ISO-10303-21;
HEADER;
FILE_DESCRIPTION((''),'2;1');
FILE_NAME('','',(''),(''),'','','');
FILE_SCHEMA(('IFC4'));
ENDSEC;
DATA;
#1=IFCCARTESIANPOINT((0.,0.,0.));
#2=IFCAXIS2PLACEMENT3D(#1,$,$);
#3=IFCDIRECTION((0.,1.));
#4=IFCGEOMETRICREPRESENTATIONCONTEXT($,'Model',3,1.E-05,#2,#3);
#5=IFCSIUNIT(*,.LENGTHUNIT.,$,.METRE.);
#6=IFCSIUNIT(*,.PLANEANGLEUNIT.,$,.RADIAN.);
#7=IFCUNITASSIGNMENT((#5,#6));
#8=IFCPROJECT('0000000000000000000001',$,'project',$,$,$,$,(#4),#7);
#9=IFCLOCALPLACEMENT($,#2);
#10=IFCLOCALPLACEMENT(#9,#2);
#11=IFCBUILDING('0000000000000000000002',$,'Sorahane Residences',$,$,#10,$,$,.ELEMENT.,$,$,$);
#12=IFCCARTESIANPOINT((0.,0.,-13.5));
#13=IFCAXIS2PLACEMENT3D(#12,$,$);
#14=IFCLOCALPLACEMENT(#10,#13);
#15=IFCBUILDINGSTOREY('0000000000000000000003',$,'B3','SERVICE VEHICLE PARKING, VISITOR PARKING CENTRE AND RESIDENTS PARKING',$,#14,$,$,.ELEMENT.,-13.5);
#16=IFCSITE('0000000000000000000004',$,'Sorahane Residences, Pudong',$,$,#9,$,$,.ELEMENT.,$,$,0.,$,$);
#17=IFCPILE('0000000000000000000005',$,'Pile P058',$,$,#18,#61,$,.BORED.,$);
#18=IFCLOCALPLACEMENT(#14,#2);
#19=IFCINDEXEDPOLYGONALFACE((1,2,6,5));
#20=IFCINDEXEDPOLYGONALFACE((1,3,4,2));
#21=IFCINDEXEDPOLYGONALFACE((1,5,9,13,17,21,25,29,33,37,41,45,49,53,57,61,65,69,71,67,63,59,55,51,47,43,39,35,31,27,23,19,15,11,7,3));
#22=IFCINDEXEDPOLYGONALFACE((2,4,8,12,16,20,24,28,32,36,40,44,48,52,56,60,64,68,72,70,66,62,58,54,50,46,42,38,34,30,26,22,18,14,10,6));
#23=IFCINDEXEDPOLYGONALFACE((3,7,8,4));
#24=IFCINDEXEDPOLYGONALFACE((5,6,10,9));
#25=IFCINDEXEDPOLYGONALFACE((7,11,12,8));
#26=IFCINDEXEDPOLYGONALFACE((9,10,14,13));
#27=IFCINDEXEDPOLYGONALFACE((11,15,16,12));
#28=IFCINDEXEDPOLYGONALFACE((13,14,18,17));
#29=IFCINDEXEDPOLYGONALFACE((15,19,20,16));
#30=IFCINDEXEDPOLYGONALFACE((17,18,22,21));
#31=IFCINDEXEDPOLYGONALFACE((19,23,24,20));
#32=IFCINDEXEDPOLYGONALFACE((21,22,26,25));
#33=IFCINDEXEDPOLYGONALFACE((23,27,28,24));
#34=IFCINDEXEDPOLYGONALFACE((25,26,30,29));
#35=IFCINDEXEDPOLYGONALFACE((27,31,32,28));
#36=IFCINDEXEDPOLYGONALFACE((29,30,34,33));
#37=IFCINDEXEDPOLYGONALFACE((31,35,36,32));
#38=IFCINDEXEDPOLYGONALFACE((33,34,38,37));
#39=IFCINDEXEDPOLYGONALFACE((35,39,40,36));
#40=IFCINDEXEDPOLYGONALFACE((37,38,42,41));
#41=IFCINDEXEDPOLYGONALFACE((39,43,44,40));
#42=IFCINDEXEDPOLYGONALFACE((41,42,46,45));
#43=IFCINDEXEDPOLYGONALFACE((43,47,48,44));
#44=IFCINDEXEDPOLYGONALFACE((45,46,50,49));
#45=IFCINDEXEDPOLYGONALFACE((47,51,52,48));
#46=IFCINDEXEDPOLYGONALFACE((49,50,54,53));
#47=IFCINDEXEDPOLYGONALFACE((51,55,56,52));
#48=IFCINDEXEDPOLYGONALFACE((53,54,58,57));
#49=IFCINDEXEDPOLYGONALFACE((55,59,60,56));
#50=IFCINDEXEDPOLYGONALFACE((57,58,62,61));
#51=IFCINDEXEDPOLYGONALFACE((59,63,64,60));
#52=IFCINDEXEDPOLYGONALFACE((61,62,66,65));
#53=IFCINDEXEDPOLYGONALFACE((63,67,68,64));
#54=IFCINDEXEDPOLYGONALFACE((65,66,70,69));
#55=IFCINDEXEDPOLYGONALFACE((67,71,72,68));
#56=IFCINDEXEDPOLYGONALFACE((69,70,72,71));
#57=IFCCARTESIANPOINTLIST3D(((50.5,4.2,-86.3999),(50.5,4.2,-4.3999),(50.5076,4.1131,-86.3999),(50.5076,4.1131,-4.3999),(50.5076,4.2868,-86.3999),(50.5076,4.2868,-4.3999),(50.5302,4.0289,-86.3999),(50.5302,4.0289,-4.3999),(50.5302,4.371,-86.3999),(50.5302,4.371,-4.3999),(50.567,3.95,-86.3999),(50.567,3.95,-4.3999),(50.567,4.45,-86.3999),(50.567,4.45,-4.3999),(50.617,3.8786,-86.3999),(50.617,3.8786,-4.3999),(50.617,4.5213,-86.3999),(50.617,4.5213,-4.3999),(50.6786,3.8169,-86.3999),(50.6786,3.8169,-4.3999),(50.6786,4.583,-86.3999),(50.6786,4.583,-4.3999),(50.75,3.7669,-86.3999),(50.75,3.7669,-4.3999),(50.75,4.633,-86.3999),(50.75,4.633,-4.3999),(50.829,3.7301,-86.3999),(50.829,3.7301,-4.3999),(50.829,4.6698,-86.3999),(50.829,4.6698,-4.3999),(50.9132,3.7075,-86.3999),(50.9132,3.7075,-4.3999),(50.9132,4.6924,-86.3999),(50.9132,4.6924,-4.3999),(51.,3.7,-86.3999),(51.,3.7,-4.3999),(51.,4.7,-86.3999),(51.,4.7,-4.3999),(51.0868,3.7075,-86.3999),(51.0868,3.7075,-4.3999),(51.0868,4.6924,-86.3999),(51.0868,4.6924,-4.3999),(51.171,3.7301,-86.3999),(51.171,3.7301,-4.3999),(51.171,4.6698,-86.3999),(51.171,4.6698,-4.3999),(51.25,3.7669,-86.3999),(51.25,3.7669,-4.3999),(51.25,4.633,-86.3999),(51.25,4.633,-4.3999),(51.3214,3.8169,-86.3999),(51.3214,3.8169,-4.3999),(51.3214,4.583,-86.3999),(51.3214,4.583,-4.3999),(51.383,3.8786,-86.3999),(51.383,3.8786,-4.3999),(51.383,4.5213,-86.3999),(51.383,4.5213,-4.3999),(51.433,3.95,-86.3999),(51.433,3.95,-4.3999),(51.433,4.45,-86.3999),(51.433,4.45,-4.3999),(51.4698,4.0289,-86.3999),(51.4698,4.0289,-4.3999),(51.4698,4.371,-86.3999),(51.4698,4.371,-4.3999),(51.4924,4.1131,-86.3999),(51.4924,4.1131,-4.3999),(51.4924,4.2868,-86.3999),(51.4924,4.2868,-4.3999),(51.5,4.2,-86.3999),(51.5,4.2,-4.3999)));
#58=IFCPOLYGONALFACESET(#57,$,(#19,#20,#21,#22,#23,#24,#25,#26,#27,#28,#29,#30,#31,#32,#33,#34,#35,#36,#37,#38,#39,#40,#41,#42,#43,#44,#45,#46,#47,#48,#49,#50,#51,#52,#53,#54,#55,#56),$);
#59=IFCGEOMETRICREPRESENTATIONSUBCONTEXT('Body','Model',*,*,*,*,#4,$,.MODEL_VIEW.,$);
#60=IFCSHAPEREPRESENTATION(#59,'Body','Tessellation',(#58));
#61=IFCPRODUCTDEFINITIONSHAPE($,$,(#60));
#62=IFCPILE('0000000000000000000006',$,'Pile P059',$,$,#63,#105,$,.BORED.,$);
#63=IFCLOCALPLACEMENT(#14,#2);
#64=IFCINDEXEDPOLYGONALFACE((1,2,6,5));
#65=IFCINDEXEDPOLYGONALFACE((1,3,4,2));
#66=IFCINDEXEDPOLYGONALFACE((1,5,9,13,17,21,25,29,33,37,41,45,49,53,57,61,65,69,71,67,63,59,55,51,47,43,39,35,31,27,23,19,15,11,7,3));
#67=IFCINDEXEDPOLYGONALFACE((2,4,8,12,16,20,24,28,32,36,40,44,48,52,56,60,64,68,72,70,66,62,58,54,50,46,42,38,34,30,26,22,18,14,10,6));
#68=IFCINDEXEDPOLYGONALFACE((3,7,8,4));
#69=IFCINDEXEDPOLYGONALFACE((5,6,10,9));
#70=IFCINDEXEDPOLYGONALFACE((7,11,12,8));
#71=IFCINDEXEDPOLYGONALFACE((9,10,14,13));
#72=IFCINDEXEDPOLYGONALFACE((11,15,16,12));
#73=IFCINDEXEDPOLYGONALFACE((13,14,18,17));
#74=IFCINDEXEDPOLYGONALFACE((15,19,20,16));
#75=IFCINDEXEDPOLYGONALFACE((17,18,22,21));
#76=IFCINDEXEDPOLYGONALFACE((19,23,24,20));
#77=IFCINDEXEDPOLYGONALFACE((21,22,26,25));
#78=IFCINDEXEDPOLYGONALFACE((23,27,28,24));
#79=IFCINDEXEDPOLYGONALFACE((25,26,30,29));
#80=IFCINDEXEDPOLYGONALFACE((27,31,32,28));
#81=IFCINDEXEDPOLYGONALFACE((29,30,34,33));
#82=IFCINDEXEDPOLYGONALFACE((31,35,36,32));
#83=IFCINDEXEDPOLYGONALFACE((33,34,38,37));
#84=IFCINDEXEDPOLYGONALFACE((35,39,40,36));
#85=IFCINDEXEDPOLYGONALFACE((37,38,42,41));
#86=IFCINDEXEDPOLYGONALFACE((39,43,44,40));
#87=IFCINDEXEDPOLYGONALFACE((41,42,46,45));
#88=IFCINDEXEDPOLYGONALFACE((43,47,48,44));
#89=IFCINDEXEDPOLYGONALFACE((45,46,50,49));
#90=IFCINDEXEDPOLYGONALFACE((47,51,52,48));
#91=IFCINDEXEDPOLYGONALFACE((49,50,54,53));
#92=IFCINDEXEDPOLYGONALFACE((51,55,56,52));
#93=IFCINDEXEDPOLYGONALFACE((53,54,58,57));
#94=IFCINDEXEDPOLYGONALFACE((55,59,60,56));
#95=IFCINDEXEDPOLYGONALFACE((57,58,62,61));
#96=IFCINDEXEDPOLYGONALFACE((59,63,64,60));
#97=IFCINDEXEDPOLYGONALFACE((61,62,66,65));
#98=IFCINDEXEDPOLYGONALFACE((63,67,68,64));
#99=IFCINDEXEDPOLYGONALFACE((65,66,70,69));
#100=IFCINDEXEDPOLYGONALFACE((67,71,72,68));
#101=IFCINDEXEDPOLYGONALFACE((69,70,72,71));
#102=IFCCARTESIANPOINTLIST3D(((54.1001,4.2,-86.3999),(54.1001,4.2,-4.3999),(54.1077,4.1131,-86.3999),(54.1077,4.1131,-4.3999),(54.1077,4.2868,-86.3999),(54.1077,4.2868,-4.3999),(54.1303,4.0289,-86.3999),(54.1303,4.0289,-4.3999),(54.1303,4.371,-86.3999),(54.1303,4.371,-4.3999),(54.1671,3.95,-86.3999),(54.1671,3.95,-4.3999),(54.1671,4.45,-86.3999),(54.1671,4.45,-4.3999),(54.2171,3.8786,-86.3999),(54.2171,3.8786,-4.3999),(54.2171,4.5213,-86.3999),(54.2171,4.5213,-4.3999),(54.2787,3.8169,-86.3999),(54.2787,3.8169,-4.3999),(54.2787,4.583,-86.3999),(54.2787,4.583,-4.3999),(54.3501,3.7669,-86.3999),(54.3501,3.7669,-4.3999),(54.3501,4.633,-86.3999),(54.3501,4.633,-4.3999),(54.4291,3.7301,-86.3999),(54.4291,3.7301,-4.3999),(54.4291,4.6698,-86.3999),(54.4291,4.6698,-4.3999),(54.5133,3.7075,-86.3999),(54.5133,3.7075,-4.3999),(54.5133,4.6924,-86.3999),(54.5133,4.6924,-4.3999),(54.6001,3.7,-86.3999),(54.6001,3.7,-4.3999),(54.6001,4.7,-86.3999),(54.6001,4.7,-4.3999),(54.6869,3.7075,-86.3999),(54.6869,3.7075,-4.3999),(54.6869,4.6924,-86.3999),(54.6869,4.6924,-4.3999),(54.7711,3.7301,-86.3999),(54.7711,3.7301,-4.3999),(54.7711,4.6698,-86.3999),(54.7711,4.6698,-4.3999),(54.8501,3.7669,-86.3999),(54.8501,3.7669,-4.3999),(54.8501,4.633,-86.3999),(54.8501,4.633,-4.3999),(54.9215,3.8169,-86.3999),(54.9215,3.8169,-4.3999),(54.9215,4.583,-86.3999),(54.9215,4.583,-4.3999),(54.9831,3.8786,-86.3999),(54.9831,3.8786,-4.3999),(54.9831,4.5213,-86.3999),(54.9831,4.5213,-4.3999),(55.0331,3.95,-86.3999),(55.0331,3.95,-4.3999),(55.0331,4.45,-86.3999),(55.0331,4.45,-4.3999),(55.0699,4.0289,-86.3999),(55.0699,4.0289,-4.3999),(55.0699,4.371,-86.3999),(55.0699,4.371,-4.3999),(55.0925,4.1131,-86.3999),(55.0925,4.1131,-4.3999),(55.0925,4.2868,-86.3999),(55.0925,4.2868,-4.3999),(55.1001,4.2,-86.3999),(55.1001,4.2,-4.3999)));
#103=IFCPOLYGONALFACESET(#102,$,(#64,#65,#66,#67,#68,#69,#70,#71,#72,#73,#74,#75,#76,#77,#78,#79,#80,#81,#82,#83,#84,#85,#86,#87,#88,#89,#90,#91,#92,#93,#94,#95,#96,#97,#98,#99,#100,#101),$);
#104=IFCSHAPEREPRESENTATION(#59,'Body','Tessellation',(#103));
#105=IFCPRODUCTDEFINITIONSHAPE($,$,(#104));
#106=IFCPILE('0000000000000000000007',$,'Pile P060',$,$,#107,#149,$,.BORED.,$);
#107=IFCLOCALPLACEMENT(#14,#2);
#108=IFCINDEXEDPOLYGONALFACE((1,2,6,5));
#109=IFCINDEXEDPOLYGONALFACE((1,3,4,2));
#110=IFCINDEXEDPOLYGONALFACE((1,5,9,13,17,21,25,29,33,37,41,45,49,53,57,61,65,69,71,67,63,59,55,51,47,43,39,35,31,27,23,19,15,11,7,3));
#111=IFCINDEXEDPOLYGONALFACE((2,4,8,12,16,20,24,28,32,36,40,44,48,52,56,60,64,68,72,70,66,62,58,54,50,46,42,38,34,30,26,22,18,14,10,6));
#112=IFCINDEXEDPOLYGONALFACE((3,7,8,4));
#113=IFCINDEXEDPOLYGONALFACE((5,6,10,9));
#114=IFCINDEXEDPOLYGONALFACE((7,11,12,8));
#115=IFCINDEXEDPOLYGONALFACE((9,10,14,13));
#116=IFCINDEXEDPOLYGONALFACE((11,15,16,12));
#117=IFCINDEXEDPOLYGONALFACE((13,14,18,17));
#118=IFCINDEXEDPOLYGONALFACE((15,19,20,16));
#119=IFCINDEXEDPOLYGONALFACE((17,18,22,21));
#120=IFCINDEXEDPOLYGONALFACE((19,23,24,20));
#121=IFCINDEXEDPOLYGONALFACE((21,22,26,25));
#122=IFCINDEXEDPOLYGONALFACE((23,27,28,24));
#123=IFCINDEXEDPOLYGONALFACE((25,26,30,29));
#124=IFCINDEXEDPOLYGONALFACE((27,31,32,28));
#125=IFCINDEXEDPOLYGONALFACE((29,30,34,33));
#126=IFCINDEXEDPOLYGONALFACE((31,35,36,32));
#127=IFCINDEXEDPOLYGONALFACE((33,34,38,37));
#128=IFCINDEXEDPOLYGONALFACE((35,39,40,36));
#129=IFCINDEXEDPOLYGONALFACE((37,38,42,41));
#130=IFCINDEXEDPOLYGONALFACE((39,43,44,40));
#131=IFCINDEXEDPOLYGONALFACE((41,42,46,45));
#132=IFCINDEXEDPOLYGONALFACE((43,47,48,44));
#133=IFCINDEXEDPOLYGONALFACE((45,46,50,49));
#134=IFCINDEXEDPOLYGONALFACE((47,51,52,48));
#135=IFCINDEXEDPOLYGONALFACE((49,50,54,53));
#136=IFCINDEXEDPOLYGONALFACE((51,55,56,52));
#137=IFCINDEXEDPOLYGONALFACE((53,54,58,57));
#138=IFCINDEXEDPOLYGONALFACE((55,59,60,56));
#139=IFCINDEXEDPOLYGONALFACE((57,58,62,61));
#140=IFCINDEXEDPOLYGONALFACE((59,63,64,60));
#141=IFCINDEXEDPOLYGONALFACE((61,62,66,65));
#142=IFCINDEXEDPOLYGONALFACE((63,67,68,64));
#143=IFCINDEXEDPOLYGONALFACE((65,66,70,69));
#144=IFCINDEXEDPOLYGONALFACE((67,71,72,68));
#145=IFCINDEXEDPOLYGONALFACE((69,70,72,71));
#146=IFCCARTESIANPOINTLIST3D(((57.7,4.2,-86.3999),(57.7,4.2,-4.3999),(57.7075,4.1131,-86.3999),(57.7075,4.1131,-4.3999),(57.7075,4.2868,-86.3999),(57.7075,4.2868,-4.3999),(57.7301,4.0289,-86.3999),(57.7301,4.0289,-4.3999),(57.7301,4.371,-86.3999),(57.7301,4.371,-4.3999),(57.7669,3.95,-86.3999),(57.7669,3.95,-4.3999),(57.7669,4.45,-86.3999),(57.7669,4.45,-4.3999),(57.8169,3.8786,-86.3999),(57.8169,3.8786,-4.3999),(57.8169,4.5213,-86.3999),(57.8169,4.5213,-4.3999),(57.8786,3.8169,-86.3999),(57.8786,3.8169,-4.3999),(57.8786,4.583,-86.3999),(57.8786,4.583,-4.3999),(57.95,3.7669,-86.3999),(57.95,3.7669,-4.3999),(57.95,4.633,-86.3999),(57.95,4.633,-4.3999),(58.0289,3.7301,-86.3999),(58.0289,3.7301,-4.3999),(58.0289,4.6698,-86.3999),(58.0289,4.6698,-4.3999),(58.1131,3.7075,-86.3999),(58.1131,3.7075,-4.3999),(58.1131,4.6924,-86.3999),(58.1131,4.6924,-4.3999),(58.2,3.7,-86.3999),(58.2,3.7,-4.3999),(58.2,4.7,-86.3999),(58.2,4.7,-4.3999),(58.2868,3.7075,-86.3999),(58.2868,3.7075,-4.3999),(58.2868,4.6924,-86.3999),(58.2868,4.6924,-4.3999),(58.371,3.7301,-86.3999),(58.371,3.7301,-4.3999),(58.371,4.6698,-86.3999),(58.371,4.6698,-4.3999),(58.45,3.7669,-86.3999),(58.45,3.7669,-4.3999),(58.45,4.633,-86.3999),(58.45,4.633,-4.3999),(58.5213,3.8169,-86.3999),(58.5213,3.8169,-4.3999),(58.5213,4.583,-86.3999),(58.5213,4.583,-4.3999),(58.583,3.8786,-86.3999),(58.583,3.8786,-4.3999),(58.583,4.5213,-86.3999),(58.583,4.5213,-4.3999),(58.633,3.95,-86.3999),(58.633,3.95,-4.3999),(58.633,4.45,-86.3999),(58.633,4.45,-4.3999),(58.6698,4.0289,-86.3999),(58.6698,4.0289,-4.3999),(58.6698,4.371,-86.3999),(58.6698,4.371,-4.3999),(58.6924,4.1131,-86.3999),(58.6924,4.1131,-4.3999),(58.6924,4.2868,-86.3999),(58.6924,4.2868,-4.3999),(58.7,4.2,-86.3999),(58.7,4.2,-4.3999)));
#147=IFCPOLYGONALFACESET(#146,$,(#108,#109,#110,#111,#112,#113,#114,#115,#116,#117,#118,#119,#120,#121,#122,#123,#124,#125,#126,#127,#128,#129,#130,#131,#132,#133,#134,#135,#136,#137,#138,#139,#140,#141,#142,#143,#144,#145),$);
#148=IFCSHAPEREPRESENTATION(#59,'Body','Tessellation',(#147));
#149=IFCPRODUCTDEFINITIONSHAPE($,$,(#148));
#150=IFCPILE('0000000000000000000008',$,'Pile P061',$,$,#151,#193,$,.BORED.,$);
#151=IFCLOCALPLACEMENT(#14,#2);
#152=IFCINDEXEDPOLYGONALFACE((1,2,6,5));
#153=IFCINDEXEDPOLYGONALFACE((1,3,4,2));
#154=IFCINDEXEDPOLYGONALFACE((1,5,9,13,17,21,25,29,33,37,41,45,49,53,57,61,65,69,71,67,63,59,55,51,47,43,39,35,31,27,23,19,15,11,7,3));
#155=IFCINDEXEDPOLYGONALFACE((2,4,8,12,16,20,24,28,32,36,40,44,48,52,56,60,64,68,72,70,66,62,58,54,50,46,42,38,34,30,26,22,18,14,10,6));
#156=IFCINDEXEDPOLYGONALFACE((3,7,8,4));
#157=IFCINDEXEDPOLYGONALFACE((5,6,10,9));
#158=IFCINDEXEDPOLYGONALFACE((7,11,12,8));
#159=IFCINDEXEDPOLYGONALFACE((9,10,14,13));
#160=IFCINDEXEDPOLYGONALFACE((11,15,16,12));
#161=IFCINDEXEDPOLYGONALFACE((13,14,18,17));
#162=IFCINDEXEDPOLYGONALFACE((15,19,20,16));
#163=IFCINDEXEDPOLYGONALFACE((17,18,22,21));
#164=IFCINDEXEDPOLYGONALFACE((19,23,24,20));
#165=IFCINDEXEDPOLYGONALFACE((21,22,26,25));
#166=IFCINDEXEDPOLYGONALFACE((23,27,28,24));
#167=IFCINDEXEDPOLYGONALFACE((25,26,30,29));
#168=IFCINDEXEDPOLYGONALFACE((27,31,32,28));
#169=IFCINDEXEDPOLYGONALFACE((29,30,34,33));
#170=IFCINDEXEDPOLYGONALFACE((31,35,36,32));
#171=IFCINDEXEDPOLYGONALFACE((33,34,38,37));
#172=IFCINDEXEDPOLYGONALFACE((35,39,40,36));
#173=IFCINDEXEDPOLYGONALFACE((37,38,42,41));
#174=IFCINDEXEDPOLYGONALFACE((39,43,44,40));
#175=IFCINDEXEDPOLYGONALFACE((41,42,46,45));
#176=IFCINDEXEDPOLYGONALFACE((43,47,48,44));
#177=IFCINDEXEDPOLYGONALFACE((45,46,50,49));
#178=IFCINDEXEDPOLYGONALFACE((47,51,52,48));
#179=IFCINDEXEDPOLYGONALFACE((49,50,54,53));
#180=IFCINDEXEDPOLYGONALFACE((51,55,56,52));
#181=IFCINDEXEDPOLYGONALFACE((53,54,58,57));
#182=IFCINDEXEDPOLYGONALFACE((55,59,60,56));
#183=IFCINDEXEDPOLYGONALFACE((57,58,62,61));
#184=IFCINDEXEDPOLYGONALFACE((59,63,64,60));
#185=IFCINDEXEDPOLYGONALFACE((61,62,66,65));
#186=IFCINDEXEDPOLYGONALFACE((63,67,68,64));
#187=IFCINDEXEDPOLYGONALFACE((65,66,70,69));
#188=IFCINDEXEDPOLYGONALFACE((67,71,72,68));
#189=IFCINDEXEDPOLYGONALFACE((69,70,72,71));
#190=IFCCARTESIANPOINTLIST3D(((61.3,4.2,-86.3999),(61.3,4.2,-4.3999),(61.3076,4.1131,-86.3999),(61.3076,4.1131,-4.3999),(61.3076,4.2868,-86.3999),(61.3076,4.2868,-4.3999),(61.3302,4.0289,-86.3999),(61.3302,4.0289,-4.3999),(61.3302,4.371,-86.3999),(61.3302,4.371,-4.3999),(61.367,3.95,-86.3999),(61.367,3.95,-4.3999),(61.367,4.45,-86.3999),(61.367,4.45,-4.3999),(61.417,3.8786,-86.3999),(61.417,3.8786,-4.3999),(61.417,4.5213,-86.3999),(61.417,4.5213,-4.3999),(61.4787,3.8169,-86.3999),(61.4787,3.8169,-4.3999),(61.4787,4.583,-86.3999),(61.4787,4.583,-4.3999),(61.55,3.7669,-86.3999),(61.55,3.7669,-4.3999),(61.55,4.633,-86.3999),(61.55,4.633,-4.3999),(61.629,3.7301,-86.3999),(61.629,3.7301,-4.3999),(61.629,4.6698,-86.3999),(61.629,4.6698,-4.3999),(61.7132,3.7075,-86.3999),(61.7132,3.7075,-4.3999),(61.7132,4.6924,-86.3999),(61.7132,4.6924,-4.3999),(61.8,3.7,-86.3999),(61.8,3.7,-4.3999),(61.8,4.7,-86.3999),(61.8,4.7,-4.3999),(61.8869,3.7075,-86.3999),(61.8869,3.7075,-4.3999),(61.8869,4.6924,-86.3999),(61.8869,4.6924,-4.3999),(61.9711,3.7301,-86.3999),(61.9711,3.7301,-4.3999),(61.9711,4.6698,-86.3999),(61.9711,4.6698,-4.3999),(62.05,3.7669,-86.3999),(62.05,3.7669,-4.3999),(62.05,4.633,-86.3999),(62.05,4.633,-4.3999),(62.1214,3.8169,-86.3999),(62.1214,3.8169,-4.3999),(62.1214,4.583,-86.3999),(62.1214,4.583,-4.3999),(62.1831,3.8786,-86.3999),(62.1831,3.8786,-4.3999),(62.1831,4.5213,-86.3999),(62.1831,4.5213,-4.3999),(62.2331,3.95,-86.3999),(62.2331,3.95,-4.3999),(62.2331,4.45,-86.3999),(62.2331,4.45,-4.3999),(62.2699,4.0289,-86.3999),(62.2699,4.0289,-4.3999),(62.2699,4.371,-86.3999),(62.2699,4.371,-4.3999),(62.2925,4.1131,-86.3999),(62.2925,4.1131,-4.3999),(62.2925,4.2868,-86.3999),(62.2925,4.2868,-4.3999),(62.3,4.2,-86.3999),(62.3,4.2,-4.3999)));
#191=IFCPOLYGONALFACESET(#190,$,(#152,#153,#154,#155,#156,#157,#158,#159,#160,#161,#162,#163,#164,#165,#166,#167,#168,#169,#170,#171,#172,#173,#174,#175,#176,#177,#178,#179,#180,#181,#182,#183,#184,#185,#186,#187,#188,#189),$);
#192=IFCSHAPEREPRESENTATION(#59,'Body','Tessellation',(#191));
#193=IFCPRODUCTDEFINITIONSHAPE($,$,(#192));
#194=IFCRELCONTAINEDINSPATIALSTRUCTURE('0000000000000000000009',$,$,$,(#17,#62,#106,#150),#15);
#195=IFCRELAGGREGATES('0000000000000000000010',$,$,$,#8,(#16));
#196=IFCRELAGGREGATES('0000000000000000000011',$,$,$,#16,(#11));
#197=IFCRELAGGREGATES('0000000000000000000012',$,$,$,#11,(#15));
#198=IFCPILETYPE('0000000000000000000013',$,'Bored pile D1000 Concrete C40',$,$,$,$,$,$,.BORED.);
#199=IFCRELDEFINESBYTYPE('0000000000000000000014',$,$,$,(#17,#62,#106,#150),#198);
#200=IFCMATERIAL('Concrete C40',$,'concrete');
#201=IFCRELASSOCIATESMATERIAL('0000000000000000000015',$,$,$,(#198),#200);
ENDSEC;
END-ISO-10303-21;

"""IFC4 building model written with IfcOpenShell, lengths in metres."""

from ifc_helpers import new_model, si_unit, direction, frame, origin, origin_2d, place, context, subcontext, project, spatial, circle, extrude, material, material_profile, profile_set, type_object, element, save


model = new_model("IFC4")

# Units and contexts
model_context = context("Model", 3, precision=1e-05, world=origin(), true_north=direction((0.0, 1.0)))
body_context = subcontext(model_context, "Body", "Model", "MODEL_VIEW")
ifc_project = project(units=[si_unit("LENGTHUNIT", "METRE"), si_unit("PLANEANGLEUNIT", "RADIAN")], contexts=[model_context])

# Site, building, storey
site_placement = place(None, origin())
site = spatial("IfcSite", under=ifc_project, at=site_placement, Name="Sorahane Residences, Pudong", CompositionType="ELEMENT", RefElevation=0.0)
building_placement = place(site_placement, origin())
building = spatial("IfcBuilding", under=site, at=building_placement, Name="Sorahane Residences", CompositionType="ELEMENT")
storey_placement = place(building_placement, frame((0.0, 0.0, -13.5)))
storey = spatial("IfcBuildingStorey", under=building, at=storey_placement, Name="B3", Description="SERVICE VEHICLE PARKING, VISITOR PARKING CENTRE AND RESIDENTS PARKING", CompositionType="ELEMENT", Elevation=-13.5)

# Piles
ifc_material_1 = material(Name="Concrete C40", Category="concrete")
ifc_material_profile_1 = material_profile(ifc_material_1, circle(Radius=0.5, at=origin_2d()), Name="D1000")
ifc_profile_set_1 = profile_set([ifc_material_profile_1], Name="Concrete C40")
pile_type = type_object("IfcPileType", Name="Bored pile D1000 Concrete C40", PredefinedType="BORED", material=ifc_profile_set_1)
for number, where, z_axis, x_axis, name in (
    (1, (51.0, 4.2, -4.3999), (0.0, 0.0, -1.0), (1.0, 0.0, 0.0), "Pile P058"),
    (2, (54.6001, 4.2, -4.3999), (0.0, 0.0, -1.0), (1.0, 0.0, 0.0), "Pile P059"),
    (3, (58.2, 4.2, -4.3999), (0.0, 0.0, -1.0), (1.0, 0.0, 0.0), "Pile P060"),
    (4, (61.8, 4.2, -4.3999), (0.0, 0.0, -1.0), (1.0, 0.0, 0.0), "Pile P061"),
):
    element("IfcPile", number, at=place(storey_placement, frame(where, z_axis=z_axis, x_axis=x_axis)), inside=storey, type_object=pile_type, Name=name, PredefinedType="BORED", context=body_context, shape_type="SweptSolid", body=[
        extrude(circle(Radius=0.5, at=origin_2d()), origin(), (0.0, 0.0, 1.0), 82.0),
    ])

save(model, "model.ifc")
